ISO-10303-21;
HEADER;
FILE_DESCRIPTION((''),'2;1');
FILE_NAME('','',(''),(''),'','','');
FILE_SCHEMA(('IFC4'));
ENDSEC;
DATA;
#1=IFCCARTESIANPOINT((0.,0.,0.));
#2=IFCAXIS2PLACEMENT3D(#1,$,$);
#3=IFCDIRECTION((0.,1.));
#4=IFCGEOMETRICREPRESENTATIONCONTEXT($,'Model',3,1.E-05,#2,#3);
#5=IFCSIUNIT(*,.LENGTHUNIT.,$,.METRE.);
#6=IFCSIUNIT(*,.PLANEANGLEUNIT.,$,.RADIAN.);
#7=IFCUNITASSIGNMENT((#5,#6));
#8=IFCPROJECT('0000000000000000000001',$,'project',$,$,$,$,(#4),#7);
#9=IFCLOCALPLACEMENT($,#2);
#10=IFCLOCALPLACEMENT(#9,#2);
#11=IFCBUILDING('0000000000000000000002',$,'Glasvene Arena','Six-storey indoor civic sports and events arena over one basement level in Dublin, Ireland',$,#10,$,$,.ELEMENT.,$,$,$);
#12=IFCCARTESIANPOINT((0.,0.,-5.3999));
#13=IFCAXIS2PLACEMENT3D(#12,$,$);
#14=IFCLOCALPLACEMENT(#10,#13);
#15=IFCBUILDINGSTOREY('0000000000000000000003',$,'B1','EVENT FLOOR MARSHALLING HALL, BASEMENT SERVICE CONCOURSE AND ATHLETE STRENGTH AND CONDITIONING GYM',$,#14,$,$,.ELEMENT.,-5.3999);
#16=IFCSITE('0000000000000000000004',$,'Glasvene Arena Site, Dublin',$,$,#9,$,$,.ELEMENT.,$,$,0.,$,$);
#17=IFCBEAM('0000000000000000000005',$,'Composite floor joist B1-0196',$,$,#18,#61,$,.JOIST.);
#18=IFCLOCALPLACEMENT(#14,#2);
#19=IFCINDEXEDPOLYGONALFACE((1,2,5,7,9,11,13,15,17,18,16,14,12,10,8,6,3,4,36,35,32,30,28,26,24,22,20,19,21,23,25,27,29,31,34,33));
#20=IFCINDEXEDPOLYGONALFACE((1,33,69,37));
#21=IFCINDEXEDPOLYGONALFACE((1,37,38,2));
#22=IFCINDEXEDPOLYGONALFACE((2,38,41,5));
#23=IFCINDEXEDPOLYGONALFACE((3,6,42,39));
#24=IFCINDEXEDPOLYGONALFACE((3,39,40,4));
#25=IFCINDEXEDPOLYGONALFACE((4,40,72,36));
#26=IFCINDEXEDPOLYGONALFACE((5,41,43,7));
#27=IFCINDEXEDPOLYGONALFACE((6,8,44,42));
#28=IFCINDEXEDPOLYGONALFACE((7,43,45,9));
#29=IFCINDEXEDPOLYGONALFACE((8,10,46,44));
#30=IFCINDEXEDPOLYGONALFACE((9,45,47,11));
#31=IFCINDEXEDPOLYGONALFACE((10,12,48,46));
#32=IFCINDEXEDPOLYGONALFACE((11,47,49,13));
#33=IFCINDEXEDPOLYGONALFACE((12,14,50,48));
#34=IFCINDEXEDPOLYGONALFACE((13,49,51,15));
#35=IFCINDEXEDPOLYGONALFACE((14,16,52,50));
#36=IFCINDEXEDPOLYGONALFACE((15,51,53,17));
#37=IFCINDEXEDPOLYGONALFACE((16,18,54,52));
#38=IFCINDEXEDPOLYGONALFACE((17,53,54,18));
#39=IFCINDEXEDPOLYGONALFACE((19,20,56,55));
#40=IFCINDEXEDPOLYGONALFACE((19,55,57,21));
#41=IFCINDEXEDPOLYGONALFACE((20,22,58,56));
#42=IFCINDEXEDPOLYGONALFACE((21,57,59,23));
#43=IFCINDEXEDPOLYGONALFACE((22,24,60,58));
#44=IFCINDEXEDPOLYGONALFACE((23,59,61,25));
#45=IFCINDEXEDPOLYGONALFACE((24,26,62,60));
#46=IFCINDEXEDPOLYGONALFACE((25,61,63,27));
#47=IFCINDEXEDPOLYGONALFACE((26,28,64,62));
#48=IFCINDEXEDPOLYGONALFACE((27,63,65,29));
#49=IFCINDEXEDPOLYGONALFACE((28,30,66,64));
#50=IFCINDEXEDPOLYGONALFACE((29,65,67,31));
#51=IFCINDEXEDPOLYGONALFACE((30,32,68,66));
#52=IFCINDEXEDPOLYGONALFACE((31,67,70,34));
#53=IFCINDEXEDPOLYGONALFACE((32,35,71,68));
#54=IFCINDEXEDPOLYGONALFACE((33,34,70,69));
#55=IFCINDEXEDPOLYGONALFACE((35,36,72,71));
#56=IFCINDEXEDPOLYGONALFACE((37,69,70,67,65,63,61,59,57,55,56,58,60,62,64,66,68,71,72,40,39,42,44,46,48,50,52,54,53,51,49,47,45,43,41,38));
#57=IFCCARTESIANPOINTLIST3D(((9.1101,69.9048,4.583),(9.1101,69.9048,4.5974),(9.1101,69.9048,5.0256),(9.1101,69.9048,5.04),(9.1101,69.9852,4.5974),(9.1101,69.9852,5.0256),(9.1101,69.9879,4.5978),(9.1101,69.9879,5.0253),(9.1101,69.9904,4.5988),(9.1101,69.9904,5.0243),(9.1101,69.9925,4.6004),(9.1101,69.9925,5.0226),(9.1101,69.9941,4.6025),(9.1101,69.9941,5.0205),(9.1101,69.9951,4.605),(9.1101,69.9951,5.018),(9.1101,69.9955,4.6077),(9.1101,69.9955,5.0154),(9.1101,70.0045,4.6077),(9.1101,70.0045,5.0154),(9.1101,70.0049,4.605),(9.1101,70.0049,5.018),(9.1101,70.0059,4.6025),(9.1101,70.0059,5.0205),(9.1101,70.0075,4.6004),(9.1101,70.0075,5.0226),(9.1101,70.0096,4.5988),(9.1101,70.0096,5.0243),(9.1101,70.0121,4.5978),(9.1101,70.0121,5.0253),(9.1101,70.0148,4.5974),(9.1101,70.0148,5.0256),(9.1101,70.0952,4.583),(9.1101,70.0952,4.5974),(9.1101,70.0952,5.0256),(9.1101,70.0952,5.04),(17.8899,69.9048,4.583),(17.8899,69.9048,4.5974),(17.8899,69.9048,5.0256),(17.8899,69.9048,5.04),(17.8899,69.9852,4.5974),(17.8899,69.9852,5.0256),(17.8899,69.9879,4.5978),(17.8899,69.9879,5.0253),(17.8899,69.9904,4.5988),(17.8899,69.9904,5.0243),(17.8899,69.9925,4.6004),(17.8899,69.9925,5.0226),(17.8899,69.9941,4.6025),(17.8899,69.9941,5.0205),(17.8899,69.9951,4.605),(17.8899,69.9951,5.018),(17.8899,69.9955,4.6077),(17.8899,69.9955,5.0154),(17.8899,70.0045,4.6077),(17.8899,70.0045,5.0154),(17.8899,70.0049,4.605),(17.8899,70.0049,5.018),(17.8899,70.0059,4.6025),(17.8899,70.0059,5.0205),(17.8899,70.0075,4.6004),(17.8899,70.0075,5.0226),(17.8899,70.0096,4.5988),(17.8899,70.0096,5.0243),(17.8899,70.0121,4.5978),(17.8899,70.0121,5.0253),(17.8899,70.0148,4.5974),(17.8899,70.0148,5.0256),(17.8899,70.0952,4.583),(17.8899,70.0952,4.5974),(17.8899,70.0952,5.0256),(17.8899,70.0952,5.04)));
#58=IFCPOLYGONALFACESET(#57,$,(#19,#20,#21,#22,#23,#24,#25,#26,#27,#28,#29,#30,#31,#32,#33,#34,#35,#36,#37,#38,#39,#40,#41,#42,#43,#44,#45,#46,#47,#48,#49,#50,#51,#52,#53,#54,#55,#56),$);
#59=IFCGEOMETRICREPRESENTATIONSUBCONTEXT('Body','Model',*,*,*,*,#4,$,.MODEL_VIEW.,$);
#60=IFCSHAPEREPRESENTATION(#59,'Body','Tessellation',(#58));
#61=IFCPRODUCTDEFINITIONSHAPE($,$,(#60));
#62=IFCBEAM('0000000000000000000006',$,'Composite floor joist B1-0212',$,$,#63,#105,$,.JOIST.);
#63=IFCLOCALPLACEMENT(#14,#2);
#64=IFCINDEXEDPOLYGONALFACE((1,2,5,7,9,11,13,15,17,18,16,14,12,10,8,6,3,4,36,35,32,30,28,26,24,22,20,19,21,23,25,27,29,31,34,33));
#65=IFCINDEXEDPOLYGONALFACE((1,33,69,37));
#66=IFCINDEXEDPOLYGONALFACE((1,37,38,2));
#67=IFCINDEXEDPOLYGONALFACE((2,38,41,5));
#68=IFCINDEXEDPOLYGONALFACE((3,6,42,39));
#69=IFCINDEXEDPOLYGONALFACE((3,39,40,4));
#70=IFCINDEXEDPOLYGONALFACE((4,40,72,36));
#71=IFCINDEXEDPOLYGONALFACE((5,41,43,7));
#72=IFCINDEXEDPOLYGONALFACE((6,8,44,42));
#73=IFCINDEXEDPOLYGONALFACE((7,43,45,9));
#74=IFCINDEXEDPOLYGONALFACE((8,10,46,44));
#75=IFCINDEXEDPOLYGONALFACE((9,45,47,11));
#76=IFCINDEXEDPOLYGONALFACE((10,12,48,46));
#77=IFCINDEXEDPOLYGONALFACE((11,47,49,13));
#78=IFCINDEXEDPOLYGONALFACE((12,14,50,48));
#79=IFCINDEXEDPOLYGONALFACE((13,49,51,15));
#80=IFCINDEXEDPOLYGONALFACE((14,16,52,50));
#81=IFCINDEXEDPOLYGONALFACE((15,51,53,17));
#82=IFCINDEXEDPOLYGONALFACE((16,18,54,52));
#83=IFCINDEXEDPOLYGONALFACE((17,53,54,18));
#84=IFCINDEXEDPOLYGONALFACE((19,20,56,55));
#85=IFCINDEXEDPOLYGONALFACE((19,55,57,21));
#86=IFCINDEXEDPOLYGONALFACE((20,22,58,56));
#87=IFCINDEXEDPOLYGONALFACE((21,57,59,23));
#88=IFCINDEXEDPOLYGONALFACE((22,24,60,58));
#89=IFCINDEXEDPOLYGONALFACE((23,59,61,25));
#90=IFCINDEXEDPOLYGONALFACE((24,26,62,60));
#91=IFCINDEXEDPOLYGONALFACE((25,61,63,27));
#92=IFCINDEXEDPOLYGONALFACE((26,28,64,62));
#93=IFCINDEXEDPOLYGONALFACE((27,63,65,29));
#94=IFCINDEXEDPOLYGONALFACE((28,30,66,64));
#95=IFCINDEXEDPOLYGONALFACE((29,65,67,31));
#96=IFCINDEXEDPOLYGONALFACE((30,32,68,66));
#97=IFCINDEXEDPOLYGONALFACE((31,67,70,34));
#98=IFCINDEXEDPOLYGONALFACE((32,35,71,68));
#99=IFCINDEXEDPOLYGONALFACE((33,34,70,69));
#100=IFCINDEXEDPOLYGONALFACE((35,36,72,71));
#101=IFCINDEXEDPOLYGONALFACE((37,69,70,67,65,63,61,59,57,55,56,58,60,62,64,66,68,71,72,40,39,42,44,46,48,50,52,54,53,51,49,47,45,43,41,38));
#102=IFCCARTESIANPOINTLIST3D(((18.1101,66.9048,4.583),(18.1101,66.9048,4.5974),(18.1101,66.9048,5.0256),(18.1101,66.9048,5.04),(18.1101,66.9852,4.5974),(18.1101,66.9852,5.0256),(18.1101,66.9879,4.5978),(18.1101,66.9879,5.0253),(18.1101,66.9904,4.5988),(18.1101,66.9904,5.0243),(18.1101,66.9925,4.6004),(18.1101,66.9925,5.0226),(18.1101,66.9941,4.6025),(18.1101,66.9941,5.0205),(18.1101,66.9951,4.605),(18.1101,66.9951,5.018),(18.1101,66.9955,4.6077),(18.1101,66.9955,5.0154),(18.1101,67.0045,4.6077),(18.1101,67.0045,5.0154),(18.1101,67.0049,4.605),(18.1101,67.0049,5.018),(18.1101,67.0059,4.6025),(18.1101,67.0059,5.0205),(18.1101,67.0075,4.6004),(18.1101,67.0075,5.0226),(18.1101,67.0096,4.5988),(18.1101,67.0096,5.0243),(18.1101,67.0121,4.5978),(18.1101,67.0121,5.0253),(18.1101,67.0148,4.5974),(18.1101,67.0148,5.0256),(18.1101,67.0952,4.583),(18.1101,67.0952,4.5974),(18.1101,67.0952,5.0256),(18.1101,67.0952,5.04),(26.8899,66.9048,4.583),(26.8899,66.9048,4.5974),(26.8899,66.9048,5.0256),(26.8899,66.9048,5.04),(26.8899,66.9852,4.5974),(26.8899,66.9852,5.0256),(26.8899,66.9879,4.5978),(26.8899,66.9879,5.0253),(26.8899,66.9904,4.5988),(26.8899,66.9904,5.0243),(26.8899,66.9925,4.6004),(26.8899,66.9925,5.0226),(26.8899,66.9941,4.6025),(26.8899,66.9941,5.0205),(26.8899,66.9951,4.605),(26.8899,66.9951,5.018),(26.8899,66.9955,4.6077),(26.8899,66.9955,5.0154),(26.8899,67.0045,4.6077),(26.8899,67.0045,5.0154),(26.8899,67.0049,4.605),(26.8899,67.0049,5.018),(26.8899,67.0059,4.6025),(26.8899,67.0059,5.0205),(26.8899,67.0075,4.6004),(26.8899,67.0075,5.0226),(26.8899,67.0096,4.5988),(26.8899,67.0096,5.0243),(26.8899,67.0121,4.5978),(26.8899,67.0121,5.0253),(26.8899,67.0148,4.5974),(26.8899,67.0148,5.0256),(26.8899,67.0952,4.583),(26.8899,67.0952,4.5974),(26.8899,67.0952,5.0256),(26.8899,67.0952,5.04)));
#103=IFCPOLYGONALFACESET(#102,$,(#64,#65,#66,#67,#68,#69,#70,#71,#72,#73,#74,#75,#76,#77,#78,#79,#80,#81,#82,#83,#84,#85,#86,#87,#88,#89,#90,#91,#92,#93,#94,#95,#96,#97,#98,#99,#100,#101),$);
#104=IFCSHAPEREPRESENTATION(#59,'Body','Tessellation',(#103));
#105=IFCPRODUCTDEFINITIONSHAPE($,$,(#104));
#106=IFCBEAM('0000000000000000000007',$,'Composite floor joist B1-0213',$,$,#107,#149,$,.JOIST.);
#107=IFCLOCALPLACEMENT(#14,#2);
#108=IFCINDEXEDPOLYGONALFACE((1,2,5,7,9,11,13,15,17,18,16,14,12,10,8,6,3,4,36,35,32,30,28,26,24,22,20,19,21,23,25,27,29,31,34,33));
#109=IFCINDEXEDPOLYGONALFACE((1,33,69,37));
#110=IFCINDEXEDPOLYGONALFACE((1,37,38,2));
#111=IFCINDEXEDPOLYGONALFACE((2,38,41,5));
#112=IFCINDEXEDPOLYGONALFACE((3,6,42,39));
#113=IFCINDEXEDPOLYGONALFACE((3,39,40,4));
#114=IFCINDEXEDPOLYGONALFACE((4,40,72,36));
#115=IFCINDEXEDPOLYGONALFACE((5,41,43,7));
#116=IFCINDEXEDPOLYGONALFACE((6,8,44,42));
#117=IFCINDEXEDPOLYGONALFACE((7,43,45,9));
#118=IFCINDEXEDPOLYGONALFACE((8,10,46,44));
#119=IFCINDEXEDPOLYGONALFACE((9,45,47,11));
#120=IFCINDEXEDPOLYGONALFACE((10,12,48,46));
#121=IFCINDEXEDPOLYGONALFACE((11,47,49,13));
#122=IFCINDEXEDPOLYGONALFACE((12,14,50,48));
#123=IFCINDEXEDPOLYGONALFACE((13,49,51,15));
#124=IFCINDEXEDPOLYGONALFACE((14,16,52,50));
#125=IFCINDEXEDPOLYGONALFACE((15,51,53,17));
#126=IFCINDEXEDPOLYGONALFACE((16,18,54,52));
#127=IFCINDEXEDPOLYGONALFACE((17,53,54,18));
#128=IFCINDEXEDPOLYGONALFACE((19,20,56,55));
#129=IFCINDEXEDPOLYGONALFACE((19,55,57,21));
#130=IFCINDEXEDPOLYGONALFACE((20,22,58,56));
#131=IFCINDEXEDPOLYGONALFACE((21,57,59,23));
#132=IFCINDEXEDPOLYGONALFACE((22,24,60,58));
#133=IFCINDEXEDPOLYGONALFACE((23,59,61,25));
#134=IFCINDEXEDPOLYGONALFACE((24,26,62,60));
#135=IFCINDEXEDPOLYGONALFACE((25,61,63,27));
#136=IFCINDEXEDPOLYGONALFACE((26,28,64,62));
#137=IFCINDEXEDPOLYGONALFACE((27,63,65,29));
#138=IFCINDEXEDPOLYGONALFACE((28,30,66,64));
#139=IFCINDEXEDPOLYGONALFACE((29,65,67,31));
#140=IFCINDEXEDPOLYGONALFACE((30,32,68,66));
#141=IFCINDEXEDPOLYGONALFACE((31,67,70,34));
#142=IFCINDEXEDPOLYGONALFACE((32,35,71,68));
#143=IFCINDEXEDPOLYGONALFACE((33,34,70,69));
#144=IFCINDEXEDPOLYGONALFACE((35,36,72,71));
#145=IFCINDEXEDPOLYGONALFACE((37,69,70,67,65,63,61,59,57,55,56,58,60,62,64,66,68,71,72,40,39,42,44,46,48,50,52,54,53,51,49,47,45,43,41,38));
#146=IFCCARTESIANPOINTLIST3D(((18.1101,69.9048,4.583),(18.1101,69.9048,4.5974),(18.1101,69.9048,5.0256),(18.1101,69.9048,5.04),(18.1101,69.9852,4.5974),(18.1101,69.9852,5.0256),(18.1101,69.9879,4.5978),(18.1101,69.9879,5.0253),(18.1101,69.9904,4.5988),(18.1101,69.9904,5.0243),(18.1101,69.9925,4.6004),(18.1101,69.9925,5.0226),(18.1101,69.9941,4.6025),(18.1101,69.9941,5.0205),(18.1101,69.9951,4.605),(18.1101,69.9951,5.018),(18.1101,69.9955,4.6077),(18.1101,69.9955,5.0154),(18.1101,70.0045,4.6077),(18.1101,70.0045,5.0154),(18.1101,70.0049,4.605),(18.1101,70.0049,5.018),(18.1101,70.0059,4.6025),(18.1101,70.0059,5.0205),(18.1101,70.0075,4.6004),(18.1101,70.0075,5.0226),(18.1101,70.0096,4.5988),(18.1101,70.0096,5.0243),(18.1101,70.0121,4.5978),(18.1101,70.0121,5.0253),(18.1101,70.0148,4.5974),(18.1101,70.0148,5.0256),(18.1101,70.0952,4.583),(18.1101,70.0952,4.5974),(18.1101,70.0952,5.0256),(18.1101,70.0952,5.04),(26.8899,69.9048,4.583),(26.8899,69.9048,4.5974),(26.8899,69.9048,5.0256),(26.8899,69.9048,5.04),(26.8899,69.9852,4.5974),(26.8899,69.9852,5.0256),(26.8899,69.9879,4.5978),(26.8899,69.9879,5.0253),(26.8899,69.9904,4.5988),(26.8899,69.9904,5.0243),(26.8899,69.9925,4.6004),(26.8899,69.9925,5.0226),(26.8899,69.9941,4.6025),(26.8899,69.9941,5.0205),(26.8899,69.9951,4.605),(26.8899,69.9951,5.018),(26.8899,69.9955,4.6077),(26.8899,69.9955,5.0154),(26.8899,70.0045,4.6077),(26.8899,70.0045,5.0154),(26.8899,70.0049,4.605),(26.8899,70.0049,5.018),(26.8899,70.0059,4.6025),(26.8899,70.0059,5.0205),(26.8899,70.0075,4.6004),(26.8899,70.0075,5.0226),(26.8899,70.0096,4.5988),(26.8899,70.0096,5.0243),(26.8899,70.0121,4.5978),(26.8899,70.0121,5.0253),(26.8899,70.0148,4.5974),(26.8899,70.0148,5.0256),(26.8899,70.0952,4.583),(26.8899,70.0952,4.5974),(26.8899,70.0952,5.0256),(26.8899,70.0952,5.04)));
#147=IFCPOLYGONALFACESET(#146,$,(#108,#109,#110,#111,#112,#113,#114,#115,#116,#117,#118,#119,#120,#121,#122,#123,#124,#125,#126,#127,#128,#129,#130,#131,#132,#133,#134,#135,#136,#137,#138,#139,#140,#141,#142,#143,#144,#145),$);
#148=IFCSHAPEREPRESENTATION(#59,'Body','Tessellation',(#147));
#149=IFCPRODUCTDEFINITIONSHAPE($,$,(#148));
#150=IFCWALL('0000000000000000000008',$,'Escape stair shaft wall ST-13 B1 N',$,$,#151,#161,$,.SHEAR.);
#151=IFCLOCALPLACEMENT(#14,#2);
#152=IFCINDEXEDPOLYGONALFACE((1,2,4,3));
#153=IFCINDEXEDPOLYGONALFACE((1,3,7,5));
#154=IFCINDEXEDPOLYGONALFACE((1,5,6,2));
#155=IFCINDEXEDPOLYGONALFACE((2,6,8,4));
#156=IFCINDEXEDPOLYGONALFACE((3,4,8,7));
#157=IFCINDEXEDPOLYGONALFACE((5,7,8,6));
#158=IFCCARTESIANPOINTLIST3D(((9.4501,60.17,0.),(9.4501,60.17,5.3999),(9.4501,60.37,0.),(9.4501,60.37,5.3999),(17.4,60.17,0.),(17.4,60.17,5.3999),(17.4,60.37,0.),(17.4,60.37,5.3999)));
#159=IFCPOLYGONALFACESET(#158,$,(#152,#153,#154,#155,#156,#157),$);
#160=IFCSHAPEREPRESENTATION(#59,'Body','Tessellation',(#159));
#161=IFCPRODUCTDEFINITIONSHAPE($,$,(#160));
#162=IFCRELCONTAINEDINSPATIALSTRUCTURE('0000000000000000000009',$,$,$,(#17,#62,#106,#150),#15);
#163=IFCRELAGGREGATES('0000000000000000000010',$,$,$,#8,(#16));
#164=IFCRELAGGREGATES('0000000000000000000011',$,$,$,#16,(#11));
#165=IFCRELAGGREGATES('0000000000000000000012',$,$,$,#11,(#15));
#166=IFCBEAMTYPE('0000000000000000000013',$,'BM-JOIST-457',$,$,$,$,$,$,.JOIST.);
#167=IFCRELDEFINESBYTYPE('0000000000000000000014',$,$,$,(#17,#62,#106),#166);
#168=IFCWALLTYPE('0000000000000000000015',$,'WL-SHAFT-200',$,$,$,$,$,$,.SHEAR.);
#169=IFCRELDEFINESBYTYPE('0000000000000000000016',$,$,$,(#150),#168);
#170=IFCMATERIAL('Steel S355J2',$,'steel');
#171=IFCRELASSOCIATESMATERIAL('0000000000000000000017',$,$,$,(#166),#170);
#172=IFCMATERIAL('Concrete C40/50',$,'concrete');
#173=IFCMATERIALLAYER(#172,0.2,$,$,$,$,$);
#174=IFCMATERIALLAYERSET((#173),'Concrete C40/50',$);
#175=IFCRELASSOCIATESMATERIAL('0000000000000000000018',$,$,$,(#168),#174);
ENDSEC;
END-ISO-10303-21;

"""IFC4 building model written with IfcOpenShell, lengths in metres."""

from ifc_helpers import new_model, si_unit, direction, frame, frame_2d, origin, origin_2d, place, context, subcontext, project, spatial, rectangle, i_section, extrude, material, layer, layer_set, material_profile, profile_set, type_object, element, save


model = new_model("IFC4")

# Units and contexts
model_context = context("Model", 3, precision=1e-05, world=origin(), true_north=direction((0.0, 1.0)))
body_context = subcontext(model_context, "Body", "Model", "MODEL_VIEW")
ifc_project = project(units=[si_unit("LENGTHUNIT", "METRE"), si_unit("PLANEANGLEUNIT", "RADIAN")], contexts=[model_context])

# Site, building, storey
site_placement = place(None, origin())
site = spatial("IfcSite", under=ifc_project, at=site_placement, Name="Glasvene Arena Site, Dublin", CompositionType="ELEMENT", RefElevation=0.0)
building_placement = place(site_placement, origin())
building = spatial("IfcBuilding", under=site, at=building_placement, Name="Glasvene Arena", Description="Six-storey indoor civic sports and events arena over one basement level in Dublin, Ireland", CompositionType="ELEMENT")
storey_placement = place(building_placement, frame((0.0, 0.0, -5.3999)))
storey = spatial("IfcBuildingStorey", under=building, at=storey_placement, Name="B1", Description="EVENT FLOOR MARSHALLING HALL, BASEMENT SERVICE CONCOURSE AND ATHLETE STRENGTH AND CONDITIONING GYM", CompositionType="ELEMENT", Elevation=-5.3999)

# Shared definitions
ifc_material_1 = material(Name="Concrete C40/50", Category="concrete")

# Shared definitions
ifc_material_2 = material(Name="Steel S355J2", Category="steel")

# Beams
ifc_material_profile_1 = material_profile(ifc_material_2, i_section(OverallWidth=0.1904, OverallDepth=0.457, WebThickness=0.009, FlangeThickness=0.0144, FilletRadius=0.0103, at=origin_2d()), Name="UKB 457x191x74")
ifc_profile_set_1 = profile_set([ifc_material_profile_1], Name="Steel S355J2")
beam_type_1 = type_object("IfcBeamType", Name="BM-JOIST-457", PredefinedType="JOIST", material=ifc_profile_set_1)
for number, where, z_axis, x_axis, name in (
    (1, (9.1101, 70.0, 4.8115), (1.0, 0.0, 0.0), (0.0, 1.0, 0.0), "Composite floor joist B1-0196"),
    (2, (18.1101, 67.0, 4.8115), (1.0, 0.0, 0.0), (0.0, 1.0, 0.0), "Composite floor joist B1-0212"),
    (3, (18.1101, 70.0, 4.8115), (1.0, 0.0, 0.0), (0.0, 1.0, 0.0), "Composite floor joist B1-0213"),
):
    element("IfcBeam", number, at=place(storey_placement, frame(where, z_axis=z_axis, x_axis=x_axis)), inside=storey, type_object=beam_type_1, Name=name, PredefinedType="JOIST", context=body_context, shape_type="SweptSolid", body=[
        extrude(i_section(OverallWidth=0.1904, OverallDepth=0.457, WebThickness=0.009, FlangeThickness=0.0144, FilletRadius=0.0103, at=origin_2d()), origin(), (0.0, 0.0, 1.0), 8.7798),
    ])

# Wall
ifc_layer = layer(ifc_material_1, 0.2)
ifc_layer_set = layer_set([ifc_layer], Name="Concrete C40/50")
wall_type = type_object("IfcWallType", Name="WL-SHAFT-200", PredefinedType="SHEAR", material=ifc_layer_set)
wall_placement = place(storey_placement, frame((9.45, 60.27, 0.0), z_axis=(0.0, 0.0, 1.0), x_axis=(1.0, 0.0, 0.0)))
element("IfcWall", 4, at=wall_placement, inside=storey, type_object=wall_type, Name="Escape stair shaft wall ST-13 B1 N", PredefinedType="SHEAR", context=body_context, shape_type="SweptSolid", body=[
    extrude(rectangle(XDim=7.95, YDim=0.2, at=frame_2d((3.9751, 0.0))), origin(), (0.0, 0.0, 1.0), 5.3999),
])

save(model, "model.ifc")
